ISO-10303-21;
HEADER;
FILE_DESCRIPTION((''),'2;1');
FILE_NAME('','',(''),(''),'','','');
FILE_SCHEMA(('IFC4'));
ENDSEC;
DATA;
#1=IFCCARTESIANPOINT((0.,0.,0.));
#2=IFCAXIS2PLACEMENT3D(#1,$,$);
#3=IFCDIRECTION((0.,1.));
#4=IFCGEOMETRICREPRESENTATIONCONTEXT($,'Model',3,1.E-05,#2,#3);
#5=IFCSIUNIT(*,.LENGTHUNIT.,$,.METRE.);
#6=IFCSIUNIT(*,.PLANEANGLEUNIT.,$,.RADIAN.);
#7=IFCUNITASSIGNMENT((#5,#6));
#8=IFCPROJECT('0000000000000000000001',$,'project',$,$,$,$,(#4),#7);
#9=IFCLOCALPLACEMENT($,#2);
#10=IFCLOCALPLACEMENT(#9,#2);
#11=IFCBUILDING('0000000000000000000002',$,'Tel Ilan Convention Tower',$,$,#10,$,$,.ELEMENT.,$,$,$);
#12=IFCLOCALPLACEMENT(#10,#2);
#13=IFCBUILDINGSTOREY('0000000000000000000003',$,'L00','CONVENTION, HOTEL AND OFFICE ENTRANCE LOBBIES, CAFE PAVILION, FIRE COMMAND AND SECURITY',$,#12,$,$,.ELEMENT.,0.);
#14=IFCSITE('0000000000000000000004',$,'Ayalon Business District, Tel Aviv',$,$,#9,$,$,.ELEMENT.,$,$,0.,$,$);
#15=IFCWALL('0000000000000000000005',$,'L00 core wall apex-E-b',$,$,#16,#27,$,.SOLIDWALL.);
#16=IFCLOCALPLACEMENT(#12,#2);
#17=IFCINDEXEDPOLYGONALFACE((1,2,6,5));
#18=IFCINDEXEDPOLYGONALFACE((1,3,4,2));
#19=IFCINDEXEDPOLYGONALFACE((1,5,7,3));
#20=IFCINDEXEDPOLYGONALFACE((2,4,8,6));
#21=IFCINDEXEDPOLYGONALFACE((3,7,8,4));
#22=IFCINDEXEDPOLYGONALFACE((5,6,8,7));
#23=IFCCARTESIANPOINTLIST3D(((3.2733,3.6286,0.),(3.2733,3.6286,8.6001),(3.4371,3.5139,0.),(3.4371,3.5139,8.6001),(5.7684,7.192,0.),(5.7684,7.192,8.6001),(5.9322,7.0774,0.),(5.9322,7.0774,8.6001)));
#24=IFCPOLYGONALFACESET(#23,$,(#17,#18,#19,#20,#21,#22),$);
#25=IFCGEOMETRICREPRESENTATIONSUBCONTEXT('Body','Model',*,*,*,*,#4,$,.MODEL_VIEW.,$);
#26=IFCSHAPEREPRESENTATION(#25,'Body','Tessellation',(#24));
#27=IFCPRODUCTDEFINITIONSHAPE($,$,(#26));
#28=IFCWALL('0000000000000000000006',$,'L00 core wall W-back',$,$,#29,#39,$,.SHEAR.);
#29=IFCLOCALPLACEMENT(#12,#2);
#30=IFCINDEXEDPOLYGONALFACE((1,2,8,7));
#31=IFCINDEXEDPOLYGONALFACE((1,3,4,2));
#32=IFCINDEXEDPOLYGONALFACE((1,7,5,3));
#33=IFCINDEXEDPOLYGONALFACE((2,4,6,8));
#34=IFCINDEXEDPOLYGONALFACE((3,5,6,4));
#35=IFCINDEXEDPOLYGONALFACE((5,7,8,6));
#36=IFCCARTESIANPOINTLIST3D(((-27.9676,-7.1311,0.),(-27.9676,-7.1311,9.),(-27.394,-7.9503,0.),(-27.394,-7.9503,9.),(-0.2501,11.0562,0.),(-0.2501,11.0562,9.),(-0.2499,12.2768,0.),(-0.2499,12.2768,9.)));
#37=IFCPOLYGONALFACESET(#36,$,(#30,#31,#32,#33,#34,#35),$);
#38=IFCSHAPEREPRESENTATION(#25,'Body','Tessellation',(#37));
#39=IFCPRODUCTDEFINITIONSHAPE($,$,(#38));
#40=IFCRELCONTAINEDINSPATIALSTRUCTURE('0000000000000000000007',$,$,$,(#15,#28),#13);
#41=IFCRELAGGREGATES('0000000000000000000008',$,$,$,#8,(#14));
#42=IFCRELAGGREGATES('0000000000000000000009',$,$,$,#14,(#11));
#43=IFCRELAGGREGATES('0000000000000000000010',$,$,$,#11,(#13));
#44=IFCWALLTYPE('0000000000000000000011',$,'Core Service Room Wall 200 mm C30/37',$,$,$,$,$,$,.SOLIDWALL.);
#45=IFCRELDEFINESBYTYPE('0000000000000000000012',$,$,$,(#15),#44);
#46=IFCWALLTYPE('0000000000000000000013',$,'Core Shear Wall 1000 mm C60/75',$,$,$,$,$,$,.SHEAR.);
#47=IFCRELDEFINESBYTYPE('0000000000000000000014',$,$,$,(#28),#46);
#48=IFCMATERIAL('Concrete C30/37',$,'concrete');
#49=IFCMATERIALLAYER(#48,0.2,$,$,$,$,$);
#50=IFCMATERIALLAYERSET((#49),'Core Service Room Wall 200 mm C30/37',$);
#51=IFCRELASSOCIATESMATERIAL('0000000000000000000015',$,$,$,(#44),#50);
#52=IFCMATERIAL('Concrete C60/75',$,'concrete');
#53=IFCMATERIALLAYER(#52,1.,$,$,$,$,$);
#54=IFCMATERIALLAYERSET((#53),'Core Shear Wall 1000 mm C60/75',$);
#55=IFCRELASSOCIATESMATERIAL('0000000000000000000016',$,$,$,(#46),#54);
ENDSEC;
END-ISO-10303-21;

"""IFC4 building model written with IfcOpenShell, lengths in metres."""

from ifc_helpers import new_model, si_unit, direction, frame, frame_2d, origin, place, context, subcontext, project, spatial, polyline, rectangle, outline, extrude, material, layer, layer_set, type_object, element, save


model = new_model("IFC4")

# Units and contexts
model_context = context("Model", 3, precision=1e-05, world=origin(), true_north=direction((0.0, 1.0)))
body_context = subcontext(model_context, "Body", "Model", "MODEL_VIEW")
ifc_project = project(units=[si_unit("LENGTHUNIT", "METRE"), si_unit("PLANEANGLEUNIT", "RADIAN")], contexts=[model_context])

# Site, building, storey
site_placement = place(None, origin())
site = spatial("IfcSite", under=ifc_project, at=site_placement, Name="Ayalon Business District, Tel Aviv", CompositionType="ELEMENT", RefElevation=0.0)
building_placement = place(site_placement, origin())
building = spatial("IfcBuilding", under=site, at=building_placement, Name="Tel Ilan Convention Tower", CompositionType="ELEMENT")
storey_placement = place(building_placement, origin())
storey = spatial("IfcBuildingStorey", under=building, at=storey_placement, Name="L00", Description="CONVENTION, HOTEL AND OFFICE ENTRANCE LOBBIES, CAFE PAVILION, FIRE COMMAND AND SECURITY", CompositionType="ELEMENT", Elevation=0.0)

# Walls
ifc_material_1 = material(Name="Concrete C30/37", Category="concrete")
ifc_layer_1 = layer(ifc_material_1, 0.2)
ifc_layer_set_1 = layer_set([ifc_layer_1], Name="Core Service Room Wall 200 mm C30/37")
wall_type_1 = type_object("IfcWallType", Name="Core Service Room Wall 200 mm C30/37", PredefinedType="SOLIDWALL", material=ifc_layer_set_1)
wall_1_placement = place(storey_placement, frame((3.3552, 3.5713, 0.0), z_axis=(0.0, 0.0, 1.0), x_axis=(0.573568, 0.819158, 0.0)))
element("IfcWall", 1, at=wall_1_placement, inside=storey, type_object=wall_type_1, Name="L00 core wall apex-E-b", PredefinedType="SOLIDWALL", context=body_context, shape_type="SweptSolid", body=[
    extrude(rectangle(XDim=4.3501, YDim=0.2, at=frame_2d((2.175, 0.0))), origin(), (0.0, 0.0, 1.0), 8.6001),
])
ifc_material_2 = material(Name="Concrete C60/75", Category="concrete")
ifc_layer_2 = layer(ifc_material_2, 1.0)
ifc_layer_set_2 = layer_set([ifc_layer_2], Name="Core Shear Wall 1000 mm C60/75")
wall_type_2 = type_object("IfcWallType", Name="Core Shear Wall 1000 mm C60/75", PredefinedType="SHEAR", material=ifc_layer_set_2)
wall_2_placement = place(storey_placement, frame((0.0369, 11.8672, 0.0), z_axis=(0.0, 0.0, 1.0), x_axis=(-0.819155, -0.573572, 0.0)))
element("IfcWall", 2, at=wall_2_placement, inside=storey, type_object=wall_type_2, Name="L00 core wall W-back", PredefinedType="SHEAR", context=body_context, shape_type="SweptSolid", body=[
    extrude(outline(polyline([(33.8369, 0.5), (0.7002, 0.4998), (0.0, -0.5), (33.8369, -0.5), (33.8369, 0.5)])), origin(), (0.0, 0.0, 1.0), 9.0),
])

save(model, "model.ifc")
